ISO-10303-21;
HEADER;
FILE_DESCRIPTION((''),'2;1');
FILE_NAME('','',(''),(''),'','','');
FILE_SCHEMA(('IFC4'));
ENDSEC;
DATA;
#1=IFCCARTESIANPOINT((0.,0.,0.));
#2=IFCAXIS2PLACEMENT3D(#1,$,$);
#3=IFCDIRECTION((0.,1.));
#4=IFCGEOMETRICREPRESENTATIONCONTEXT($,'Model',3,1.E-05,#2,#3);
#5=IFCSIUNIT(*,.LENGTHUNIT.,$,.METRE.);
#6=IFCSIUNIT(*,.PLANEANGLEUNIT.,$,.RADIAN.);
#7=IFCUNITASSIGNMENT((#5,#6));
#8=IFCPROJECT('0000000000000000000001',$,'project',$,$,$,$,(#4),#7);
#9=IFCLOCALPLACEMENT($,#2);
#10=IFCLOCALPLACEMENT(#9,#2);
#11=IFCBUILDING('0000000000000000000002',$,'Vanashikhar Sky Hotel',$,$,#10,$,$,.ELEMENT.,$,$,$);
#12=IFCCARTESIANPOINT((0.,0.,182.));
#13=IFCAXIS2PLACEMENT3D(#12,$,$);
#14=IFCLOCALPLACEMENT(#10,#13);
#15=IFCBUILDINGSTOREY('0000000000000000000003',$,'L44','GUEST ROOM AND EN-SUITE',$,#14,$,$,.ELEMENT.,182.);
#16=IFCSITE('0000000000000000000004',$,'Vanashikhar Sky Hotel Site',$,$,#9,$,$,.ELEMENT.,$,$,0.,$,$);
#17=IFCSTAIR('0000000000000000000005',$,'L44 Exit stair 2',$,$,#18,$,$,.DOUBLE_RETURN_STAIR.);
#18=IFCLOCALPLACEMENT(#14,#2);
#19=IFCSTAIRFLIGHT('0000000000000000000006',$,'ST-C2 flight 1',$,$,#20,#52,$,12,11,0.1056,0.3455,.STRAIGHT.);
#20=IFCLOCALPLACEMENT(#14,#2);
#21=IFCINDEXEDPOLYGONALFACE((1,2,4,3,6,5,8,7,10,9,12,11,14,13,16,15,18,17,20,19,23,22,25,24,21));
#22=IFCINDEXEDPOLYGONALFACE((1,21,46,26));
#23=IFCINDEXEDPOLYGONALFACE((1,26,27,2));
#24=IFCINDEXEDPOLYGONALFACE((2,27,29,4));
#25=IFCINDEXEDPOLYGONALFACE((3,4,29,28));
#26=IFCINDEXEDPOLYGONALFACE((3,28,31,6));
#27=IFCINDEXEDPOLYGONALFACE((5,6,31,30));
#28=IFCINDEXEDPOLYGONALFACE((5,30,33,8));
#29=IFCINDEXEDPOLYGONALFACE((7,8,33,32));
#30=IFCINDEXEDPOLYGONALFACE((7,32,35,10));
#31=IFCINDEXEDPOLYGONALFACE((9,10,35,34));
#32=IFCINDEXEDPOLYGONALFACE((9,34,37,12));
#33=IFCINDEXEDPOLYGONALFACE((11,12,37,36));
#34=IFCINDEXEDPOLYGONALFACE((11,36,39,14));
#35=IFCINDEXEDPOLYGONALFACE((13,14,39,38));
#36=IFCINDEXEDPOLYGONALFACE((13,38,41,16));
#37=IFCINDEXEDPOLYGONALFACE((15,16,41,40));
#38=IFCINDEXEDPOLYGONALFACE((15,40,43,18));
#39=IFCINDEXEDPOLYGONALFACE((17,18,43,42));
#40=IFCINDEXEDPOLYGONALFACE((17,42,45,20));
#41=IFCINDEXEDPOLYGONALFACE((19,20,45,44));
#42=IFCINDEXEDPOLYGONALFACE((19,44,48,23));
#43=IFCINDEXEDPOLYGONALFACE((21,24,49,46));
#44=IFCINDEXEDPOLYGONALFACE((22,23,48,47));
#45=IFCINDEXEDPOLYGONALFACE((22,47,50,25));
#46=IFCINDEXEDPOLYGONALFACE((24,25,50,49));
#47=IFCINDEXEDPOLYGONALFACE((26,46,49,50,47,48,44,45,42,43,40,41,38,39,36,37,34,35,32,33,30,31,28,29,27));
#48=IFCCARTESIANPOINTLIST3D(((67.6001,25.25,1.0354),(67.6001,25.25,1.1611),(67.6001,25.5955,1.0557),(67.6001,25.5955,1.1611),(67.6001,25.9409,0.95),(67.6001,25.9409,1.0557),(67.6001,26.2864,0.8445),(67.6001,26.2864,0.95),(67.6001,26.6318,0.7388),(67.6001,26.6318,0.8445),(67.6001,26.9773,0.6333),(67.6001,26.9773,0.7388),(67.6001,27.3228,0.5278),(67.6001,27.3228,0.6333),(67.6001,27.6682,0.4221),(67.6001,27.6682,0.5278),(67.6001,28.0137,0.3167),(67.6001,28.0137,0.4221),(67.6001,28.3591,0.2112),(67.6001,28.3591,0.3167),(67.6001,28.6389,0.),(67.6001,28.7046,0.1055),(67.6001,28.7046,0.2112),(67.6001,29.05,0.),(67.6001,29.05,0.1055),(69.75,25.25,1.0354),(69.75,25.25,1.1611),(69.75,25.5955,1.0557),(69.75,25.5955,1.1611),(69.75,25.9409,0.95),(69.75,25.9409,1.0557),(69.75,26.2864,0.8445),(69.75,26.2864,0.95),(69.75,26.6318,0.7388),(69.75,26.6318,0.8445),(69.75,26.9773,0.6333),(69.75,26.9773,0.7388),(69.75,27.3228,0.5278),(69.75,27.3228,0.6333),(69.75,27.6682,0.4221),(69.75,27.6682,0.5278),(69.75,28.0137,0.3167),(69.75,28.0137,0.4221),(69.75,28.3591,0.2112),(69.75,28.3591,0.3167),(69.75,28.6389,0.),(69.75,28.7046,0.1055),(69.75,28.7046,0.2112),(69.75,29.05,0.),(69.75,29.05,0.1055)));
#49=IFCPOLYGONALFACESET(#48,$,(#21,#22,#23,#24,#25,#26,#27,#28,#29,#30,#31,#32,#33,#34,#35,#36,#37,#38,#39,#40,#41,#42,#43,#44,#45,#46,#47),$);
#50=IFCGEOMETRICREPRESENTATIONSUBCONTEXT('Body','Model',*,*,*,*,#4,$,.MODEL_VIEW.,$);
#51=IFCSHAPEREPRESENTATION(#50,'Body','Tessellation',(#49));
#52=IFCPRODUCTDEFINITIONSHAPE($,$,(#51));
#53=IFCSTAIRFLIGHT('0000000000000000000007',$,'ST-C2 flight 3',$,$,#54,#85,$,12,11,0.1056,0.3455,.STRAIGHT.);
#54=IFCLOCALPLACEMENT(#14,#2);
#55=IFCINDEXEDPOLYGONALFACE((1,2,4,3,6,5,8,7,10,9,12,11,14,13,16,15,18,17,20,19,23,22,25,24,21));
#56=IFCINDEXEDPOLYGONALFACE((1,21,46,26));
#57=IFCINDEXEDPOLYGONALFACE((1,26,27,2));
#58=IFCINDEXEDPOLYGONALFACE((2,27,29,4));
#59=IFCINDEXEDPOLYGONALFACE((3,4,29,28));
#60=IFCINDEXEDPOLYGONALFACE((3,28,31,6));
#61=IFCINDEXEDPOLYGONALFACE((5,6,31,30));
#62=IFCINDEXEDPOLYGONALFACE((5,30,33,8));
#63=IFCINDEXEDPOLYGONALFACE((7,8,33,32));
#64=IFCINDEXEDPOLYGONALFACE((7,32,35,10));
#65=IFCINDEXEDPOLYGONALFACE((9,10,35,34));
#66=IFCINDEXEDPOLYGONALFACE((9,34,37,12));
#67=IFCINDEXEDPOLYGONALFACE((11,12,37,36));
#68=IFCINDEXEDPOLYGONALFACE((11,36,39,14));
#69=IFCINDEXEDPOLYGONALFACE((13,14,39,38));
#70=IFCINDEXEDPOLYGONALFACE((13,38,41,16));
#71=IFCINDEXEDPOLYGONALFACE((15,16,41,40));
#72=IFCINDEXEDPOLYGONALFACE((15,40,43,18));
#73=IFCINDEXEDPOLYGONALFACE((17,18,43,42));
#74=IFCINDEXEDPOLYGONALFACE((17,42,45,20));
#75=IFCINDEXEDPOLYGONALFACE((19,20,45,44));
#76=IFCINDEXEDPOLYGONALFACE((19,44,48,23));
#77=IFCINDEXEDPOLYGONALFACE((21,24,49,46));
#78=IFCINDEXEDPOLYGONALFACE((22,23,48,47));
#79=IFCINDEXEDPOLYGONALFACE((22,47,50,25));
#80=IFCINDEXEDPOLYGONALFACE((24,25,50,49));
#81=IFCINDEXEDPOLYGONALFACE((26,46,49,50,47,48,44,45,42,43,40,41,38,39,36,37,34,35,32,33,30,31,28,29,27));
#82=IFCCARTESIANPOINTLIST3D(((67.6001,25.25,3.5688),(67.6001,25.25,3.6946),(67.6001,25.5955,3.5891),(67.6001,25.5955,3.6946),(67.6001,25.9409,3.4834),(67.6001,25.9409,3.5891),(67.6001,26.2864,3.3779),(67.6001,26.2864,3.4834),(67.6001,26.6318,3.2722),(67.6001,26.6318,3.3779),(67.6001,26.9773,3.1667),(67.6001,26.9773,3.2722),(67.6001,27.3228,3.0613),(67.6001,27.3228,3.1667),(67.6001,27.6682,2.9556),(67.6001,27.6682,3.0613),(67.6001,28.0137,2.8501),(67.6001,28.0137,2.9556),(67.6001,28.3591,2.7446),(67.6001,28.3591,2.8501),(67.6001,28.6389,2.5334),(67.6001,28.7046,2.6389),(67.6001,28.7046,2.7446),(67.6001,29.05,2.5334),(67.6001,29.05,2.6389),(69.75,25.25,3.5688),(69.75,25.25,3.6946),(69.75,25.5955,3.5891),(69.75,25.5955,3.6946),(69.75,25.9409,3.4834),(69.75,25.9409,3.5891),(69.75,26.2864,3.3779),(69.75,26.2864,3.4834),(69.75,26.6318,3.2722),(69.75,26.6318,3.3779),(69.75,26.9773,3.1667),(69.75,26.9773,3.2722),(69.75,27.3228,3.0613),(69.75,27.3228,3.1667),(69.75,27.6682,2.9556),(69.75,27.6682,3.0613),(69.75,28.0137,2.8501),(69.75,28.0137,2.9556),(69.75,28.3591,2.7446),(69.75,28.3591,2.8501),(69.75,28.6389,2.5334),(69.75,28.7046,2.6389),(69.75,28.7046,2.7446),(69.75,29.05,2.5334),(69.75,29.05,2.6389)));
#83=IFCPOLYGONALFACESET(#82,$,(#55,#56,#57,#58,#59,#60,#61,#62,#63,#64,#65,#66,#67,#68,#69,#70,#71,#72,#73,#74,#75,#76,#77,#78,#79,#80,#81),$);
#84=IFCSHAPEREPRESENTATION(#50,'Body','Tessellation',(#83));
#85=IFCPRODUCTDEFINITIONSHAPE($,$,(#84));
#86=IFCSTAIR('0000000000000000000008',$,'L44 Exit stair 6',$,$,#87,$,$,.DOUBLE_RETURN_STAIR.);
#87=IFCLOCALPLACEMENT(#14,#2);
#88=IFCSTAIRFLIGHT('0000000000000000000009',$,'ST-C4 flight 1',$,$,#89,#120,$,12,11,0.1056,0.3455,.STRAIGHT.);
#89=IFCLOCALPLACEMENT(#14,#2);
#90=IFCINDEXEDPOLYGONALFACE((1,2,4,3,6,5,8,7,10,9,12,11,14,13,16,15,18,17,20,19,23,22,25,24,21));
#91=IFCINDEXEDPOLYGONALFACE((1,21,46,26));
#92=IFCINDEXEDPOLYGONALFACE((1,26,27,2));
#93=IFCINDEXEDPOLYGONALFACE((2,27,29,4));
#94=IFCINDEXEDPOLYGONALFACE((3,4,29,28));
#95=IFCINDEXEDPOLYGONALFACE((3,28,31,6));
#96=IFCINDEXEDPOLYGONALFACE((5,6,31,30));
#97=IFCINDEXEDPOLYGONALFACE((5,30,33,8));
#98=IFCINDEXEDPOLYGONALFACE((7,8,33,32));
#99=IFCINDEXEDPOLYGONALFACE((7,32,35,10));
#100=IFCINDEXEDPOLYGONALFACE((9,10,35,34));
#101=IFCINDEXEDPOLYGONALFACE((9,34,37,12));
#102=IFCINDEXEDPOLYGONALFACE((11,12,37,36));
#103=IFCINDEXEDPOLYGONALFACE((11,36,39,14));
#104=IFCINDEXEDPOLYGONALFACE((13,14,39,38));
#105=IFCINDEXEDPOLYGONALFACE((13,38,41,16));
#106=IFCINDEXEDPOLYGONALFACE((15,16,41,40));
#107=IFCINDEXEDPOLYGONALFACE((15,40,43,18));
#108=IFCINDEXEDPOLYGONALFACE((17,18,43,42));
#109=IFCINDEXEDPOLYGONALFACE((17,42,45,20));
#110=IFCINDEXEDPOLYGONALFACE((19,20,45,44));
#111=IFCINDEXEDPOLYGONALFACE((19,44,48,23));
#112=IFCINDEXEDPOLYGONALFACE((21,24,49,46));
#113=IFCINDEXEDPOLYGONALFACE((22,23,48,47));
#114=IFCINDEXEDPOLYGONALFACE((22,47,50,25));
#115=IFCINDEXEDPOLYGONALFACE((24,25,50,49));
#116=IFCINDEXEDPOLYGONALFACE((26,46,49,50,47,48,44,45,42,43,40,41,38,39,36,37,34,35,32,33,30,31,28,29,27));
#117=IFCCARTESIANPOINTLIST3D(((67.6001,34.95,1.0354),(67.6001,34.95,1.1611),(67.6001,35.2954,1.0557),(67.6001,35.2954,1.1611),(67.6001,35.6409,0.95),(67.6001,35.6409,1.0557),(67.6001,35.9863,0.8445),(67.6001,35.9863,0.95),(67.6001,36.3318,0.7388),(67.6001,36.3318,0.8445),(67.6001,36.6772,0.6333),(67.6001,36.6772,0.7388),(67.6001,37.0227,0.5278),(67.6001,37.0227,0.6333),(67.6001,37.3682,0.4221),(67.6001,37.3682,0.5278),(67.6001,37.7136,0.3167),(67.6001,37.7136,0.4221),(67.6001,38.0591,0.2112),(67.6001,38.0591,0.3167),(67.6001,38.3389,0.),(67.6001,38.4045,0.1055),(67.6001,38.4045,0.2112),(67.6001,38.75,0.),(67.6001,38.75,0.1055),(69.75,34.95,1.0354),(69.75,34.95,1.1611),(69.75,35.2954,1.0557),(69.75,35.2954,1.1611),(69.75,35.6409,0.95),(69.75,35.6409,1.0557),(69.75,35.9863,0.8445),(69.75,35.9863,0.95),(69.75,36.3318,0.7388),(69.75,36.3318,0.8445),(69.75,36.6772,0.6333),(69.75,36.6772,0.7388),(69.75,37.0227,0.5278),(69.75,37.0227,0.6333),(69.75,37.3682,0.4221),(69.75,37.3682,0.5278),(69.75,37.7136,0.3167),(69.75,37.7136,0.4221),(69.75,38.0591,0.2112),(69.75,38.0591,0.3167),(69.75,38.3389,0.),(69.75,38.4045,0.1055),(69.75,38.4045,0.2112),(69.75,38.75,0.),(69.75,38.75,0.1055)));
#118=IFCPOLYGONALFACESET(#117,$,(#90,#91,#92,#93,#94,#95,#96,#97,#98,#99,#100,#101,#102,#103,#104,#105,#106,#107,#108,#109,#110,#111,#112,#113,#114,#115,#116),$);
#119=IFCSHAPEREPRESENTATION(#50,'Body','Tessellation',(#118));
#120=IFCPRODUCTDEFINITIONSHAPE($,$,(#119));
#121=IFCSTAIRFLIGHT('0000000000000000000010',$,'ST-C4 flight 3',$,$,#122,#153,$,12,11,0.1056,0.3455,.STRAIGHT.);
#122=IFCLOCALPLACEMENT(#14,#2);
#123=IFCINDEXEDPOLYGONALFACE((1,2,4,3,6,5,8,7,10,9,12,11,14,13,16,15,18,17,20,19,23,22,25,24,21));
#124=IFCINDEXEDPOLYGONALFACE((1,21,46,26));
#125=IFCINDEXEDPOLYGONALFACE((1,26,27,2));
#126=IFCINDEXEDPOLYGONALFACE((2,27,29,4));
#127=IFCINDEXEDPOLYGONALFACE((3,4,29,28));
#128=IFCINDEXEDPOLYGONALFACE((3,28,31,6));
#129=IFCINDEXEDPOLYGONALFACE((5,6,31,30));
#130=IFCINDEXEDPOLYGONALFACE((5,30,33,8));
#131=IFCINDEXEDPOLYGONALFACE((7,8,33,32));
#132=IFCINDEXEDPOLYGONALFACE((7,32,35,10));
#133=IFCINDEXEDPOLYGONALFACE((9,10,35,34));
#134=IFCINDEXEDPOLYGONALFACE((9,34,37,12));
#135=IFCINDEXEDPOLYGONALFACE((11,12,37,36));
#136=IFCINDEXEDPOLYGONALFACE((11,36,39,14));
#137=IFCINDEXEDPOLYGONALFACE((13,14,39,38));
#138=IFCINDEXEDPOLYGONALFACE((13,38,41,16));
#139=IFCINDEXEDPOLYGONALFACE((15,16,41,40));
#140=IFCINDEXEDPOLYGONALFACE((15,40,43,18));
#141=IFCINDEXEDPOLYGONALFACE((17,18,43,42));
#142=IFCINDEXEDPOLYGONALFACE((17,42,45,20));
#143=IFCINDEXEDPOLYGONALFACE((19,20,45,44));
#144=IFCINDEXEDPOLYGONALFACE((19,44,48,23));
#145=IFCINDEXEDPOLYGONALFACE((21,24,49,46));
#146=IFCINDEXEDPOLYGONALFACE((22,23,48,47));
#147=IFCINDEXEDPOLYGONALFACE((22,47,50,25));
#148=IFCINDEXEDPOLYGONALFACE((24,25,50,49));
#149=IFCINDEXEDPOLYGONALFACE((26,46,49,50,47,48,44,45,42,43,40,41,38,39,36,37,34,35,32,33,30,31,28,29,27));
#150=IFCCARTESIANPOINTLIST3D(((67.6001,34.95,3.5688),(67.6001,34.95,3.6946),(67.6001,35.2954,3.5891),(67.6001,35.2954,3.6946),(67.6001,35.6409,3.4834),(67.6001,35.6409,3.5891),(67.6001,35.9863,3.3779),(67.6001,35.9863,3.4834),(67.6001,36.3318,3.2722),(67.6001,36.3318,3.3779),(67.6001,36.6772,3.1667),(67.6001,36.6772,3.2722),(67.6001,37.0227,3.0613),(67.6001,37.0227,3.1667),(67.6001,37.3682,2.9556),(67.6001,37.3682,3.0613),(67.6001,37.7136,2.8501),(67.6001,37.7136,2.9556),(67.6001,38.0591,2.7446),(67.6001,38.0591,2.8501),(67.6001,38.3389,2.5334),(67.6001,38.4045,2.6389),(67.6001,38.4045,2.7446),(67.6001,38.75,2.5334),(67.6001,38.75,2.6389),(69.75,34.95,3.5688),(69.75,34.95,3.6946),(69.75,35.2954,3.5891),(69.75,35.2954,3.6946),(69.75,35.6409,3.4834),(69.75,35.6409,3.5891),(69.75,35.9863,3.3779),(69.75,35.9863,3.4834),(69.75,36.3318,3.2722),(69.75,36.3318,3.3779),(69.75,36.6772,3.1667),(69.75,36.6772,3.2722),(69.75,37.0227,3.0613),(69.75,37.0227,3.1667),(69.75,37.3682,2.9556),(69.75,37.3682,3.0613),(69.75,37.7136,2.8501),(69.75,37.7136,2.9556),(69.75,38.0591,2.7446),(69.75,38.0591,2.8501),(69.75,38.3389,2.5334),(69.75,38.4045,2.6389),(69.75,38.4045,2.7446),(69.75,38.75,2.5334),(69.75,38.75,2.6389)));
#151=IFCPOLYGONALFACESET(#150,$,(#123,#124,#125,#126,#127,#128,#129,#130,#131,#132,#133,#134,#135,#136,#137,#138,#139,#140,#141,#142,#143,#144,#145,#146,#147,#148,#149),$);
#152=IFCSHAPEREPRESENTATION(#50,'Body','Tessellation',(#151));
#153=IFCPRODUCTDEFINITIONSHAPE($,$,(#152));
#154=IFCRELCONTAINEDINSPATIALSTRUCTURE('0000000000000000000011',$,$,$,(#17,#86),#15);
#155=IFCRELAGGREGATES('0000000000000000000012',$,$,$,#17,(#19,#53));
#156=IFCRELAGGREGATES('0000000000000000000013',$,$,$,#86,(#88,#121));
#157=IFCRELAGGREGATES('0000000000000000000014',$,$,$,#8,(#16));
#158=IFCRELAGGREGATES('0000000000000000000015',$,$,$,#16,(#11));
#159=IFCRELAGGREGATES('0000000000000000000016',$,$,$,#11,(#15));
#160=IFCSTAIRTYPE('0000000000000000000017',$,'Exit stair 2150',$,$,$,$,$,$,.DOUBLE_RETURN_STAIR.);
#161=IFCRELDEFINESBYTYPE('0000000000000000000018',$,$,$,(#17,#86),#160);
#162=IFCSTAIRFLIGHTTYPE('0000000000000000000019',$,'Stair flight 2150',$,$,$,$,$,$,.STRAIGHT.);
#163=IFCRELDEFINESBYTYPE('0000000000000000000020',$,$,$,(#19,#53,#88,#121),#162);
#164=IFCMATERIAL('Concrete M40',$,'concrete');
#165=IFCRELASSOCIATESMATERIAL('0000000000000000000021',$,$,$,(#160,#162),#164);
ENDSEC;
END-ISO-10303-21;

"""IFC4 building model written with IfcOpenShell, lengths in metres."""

from ifc_helpers import new_model, si_unit, direction, frame, origin, place, context, subcontext, project, spatial, polyline, outline, extrude, source, transform, mapped, material, type_object, element, aggregate, save


model = new_model("IFC4")

# Units and contexts
model_context = context("Model", 3, precision=1e-05, world=origin(), true_north=direction((0.0, 1.0)))
body_context = subcontext(model_context, "Body", "Model", "MODEL_VIEW")
ifc_project = project(units=[si_unit("LENGTHUNIT", "METRE"), si_unit("PLANEANGLEUNIT", "RADIAN")], contexts=[model_context])

# Site, building, storey
site_placement = place(None, origin())
site = spatial("IfcSite", under=ifc_project, at=site_placement, Name="Vanashikhar Sky Hotel Site", CompositionType="ELEMENT", RefElevation=0.0)
building_placement = place(site_placement, origin())
building = spatial("IfcBuilding", under=site, at=building_placement, Name="Vanashikhar Sky Hotel", CompositionType="ELEMENT")
storey_placement = place(building_placement, frame((0.0, 0.0, 182.0)))
storey = spatial("IfcBuildingStorey", under=building, at=storey_placement, Name="L44", Description="GUEST ROOM AND EN-SUITE", CompositionType="ELEMENT", Elevation=182.0)

# Stairs, stair flights
ifc_material_1 = material(Name="Concrete M40", Category="concrete")
stair_type = type_object("IfcStairType", Name="Exit stair 2150", PredefinedType="DOUBLE_RETURN_STAIR", material=ifc_material_1)
stair_1_placement = place(storey_placement, origin())
stair_1 = element("IfcStair", 1, at=stair_1_placement, inside=storey, type_object=stair_type, Name="L44 Exit stair 2", PredefinedType="DOUBLE_RETURN_STAIR")
stair_flight_type = type_object("IfcStairFlightType", Name="Stair flight 2150", PredefinedType="STRAIGHT", material=ifc_material_1)
shared_shape_1 = source(origin(), body_context, "Body", "SweptSolid", [
    extrude(outline(polyline([(0.0, 0.0), (0.0, 0.1055), (0.3455, 0.1055), (0.3455, 0.2112), (0.6909, 0.2112), (0.6909, 0.3167), (1.0364, 0.3167), (1.0364, 0.4221), (1.3818, 0.4221), (1.3818, 0.5278), (1.7273, 0.5278), (1.7273, 0.6333), (2.0728, 0.6333), (2.0728, 0.7388), (2.4182, 0.7388), (2.4182, 0.8445), (2.7637, 0.8445), (2.7637, 0.95), (3.1091, 0.95), (3.1091, 1.0557), (3.4546, 1.0557), (3.4546, 1.1611), (3.8, 1.1611), (3.8, 1.2666), (3.8, 1.0354), (0.4111, 0.0), (0.0, 0.0)])), frame((0.0, 1.075, 0.0), z_axis=(0.0, -1.0, 0.0), x_axis=(1.0, 0.0, 0.0)), (0.0, 0.0, 1.0), 2.1499),
])
stair_flight_1_placement = place(storey_placement, frame((68.675, 29.05, 0.0), z_axis=(0.0, 0.0, 1.0), x_axis=(0.0, -1.0, 0.0)))
stair_flight_1 = element("IfcStairFlight", 2, at=stair_flight_1_placement, type_object=stair_flight_type, Name="ST-C2 flight 1", NumberOfRisers=12, NumberOfTreads=11, PredefinedType="STRAIGHT", RiserHeight=0.1056, TreadLength=0.3455, context=body_context, shape_type="MappedRepresentation", body=[
    mapped(shared_shape_1, transform((0.0, 0.0, 0.0), scale=1.0)),
])
stair_flight_2_placement = place(storey_placement, frame((68.675, 29.05, 2.5334), z_axis=(0.0, 0.0, 1.0), x_axis=(0.0, -1.0, 0.0)))
stair_flight_2 = element("IfcStairFlight", 3, at=stair_flight_2_placement, type_object=stair_flight_type, Name="ST-C2 flight 3", NumberOfRisers=12, NumberOfTreads=11, PredefinedType="STRAIGHT", RiserHeight=0.1056, TreadLength=0.3455, context=body_context, shape_type="MappedRepresentation", body=[
    mapped(shared_shape_1, transform((0.0, 0.0, 0.0), scale=1.0)),
])
aggregate(stair_1, [stair_flight_1, stair_flight_2])
stair_2_placement = place(storey_placement, origin())
stair_2 = element("IfcStair", 4, at=stair_2_placement, inside=storey, type_object=stair_type, Name="L44 Exit stair 6", PredefinedType="DOUBLE_RETURN_STAIR")
stair_flight_3_placement = place(storey_placement, frame((68.675, 38.75, 0.0), z_axis=(0.0, 0.0, 1.0), x_axis=(0.0, -1.0, 0.0)))
stair_flight_3 = element("IfcStairFlight", 5, at=stair_flight_3_placement, type_object=stair_flight_type, Name="ST-C4 flight 1", NumberOfRisers=12, NumberOfTreads=11, PredefinedType="STRAIGHT", RiserHeight=0.1056, TreadLength=0.3455, context=body_context, shape_type="MappedRepresentation", body=[
    mapped(shared_shape_1, transform((0.0, 0.0, 0.0), scale=1.0)),
])
stair_flight_4_placement = place(storey_placement, frame((68.675, 38.75, 2.5334), z_axis=(0.0, 0.0, 1.0), x_axis=(0.0, -1.0, 0.0)))
stair_flight_4 = element("IfcStairFlight", 6, at=stair_flight_4_placement, type_object=stair_flight_type, Name="ST-C4 flight 3", NumberOfRisers=12, NumberOfTreads=11, PredefinedType="STRAIGHT", RiserHeight=0.1056, TreadLength=0.3455, context=body_context, shape_type="MappedRepresentation", body=[
    mapped(shared_shape_1, transform((0.0, 0.0, 0.0), scale=1.0)),
])
aggregate(stair_2, [stair_flight_3, stair_flight_4])

save(model, "model.ifc")
